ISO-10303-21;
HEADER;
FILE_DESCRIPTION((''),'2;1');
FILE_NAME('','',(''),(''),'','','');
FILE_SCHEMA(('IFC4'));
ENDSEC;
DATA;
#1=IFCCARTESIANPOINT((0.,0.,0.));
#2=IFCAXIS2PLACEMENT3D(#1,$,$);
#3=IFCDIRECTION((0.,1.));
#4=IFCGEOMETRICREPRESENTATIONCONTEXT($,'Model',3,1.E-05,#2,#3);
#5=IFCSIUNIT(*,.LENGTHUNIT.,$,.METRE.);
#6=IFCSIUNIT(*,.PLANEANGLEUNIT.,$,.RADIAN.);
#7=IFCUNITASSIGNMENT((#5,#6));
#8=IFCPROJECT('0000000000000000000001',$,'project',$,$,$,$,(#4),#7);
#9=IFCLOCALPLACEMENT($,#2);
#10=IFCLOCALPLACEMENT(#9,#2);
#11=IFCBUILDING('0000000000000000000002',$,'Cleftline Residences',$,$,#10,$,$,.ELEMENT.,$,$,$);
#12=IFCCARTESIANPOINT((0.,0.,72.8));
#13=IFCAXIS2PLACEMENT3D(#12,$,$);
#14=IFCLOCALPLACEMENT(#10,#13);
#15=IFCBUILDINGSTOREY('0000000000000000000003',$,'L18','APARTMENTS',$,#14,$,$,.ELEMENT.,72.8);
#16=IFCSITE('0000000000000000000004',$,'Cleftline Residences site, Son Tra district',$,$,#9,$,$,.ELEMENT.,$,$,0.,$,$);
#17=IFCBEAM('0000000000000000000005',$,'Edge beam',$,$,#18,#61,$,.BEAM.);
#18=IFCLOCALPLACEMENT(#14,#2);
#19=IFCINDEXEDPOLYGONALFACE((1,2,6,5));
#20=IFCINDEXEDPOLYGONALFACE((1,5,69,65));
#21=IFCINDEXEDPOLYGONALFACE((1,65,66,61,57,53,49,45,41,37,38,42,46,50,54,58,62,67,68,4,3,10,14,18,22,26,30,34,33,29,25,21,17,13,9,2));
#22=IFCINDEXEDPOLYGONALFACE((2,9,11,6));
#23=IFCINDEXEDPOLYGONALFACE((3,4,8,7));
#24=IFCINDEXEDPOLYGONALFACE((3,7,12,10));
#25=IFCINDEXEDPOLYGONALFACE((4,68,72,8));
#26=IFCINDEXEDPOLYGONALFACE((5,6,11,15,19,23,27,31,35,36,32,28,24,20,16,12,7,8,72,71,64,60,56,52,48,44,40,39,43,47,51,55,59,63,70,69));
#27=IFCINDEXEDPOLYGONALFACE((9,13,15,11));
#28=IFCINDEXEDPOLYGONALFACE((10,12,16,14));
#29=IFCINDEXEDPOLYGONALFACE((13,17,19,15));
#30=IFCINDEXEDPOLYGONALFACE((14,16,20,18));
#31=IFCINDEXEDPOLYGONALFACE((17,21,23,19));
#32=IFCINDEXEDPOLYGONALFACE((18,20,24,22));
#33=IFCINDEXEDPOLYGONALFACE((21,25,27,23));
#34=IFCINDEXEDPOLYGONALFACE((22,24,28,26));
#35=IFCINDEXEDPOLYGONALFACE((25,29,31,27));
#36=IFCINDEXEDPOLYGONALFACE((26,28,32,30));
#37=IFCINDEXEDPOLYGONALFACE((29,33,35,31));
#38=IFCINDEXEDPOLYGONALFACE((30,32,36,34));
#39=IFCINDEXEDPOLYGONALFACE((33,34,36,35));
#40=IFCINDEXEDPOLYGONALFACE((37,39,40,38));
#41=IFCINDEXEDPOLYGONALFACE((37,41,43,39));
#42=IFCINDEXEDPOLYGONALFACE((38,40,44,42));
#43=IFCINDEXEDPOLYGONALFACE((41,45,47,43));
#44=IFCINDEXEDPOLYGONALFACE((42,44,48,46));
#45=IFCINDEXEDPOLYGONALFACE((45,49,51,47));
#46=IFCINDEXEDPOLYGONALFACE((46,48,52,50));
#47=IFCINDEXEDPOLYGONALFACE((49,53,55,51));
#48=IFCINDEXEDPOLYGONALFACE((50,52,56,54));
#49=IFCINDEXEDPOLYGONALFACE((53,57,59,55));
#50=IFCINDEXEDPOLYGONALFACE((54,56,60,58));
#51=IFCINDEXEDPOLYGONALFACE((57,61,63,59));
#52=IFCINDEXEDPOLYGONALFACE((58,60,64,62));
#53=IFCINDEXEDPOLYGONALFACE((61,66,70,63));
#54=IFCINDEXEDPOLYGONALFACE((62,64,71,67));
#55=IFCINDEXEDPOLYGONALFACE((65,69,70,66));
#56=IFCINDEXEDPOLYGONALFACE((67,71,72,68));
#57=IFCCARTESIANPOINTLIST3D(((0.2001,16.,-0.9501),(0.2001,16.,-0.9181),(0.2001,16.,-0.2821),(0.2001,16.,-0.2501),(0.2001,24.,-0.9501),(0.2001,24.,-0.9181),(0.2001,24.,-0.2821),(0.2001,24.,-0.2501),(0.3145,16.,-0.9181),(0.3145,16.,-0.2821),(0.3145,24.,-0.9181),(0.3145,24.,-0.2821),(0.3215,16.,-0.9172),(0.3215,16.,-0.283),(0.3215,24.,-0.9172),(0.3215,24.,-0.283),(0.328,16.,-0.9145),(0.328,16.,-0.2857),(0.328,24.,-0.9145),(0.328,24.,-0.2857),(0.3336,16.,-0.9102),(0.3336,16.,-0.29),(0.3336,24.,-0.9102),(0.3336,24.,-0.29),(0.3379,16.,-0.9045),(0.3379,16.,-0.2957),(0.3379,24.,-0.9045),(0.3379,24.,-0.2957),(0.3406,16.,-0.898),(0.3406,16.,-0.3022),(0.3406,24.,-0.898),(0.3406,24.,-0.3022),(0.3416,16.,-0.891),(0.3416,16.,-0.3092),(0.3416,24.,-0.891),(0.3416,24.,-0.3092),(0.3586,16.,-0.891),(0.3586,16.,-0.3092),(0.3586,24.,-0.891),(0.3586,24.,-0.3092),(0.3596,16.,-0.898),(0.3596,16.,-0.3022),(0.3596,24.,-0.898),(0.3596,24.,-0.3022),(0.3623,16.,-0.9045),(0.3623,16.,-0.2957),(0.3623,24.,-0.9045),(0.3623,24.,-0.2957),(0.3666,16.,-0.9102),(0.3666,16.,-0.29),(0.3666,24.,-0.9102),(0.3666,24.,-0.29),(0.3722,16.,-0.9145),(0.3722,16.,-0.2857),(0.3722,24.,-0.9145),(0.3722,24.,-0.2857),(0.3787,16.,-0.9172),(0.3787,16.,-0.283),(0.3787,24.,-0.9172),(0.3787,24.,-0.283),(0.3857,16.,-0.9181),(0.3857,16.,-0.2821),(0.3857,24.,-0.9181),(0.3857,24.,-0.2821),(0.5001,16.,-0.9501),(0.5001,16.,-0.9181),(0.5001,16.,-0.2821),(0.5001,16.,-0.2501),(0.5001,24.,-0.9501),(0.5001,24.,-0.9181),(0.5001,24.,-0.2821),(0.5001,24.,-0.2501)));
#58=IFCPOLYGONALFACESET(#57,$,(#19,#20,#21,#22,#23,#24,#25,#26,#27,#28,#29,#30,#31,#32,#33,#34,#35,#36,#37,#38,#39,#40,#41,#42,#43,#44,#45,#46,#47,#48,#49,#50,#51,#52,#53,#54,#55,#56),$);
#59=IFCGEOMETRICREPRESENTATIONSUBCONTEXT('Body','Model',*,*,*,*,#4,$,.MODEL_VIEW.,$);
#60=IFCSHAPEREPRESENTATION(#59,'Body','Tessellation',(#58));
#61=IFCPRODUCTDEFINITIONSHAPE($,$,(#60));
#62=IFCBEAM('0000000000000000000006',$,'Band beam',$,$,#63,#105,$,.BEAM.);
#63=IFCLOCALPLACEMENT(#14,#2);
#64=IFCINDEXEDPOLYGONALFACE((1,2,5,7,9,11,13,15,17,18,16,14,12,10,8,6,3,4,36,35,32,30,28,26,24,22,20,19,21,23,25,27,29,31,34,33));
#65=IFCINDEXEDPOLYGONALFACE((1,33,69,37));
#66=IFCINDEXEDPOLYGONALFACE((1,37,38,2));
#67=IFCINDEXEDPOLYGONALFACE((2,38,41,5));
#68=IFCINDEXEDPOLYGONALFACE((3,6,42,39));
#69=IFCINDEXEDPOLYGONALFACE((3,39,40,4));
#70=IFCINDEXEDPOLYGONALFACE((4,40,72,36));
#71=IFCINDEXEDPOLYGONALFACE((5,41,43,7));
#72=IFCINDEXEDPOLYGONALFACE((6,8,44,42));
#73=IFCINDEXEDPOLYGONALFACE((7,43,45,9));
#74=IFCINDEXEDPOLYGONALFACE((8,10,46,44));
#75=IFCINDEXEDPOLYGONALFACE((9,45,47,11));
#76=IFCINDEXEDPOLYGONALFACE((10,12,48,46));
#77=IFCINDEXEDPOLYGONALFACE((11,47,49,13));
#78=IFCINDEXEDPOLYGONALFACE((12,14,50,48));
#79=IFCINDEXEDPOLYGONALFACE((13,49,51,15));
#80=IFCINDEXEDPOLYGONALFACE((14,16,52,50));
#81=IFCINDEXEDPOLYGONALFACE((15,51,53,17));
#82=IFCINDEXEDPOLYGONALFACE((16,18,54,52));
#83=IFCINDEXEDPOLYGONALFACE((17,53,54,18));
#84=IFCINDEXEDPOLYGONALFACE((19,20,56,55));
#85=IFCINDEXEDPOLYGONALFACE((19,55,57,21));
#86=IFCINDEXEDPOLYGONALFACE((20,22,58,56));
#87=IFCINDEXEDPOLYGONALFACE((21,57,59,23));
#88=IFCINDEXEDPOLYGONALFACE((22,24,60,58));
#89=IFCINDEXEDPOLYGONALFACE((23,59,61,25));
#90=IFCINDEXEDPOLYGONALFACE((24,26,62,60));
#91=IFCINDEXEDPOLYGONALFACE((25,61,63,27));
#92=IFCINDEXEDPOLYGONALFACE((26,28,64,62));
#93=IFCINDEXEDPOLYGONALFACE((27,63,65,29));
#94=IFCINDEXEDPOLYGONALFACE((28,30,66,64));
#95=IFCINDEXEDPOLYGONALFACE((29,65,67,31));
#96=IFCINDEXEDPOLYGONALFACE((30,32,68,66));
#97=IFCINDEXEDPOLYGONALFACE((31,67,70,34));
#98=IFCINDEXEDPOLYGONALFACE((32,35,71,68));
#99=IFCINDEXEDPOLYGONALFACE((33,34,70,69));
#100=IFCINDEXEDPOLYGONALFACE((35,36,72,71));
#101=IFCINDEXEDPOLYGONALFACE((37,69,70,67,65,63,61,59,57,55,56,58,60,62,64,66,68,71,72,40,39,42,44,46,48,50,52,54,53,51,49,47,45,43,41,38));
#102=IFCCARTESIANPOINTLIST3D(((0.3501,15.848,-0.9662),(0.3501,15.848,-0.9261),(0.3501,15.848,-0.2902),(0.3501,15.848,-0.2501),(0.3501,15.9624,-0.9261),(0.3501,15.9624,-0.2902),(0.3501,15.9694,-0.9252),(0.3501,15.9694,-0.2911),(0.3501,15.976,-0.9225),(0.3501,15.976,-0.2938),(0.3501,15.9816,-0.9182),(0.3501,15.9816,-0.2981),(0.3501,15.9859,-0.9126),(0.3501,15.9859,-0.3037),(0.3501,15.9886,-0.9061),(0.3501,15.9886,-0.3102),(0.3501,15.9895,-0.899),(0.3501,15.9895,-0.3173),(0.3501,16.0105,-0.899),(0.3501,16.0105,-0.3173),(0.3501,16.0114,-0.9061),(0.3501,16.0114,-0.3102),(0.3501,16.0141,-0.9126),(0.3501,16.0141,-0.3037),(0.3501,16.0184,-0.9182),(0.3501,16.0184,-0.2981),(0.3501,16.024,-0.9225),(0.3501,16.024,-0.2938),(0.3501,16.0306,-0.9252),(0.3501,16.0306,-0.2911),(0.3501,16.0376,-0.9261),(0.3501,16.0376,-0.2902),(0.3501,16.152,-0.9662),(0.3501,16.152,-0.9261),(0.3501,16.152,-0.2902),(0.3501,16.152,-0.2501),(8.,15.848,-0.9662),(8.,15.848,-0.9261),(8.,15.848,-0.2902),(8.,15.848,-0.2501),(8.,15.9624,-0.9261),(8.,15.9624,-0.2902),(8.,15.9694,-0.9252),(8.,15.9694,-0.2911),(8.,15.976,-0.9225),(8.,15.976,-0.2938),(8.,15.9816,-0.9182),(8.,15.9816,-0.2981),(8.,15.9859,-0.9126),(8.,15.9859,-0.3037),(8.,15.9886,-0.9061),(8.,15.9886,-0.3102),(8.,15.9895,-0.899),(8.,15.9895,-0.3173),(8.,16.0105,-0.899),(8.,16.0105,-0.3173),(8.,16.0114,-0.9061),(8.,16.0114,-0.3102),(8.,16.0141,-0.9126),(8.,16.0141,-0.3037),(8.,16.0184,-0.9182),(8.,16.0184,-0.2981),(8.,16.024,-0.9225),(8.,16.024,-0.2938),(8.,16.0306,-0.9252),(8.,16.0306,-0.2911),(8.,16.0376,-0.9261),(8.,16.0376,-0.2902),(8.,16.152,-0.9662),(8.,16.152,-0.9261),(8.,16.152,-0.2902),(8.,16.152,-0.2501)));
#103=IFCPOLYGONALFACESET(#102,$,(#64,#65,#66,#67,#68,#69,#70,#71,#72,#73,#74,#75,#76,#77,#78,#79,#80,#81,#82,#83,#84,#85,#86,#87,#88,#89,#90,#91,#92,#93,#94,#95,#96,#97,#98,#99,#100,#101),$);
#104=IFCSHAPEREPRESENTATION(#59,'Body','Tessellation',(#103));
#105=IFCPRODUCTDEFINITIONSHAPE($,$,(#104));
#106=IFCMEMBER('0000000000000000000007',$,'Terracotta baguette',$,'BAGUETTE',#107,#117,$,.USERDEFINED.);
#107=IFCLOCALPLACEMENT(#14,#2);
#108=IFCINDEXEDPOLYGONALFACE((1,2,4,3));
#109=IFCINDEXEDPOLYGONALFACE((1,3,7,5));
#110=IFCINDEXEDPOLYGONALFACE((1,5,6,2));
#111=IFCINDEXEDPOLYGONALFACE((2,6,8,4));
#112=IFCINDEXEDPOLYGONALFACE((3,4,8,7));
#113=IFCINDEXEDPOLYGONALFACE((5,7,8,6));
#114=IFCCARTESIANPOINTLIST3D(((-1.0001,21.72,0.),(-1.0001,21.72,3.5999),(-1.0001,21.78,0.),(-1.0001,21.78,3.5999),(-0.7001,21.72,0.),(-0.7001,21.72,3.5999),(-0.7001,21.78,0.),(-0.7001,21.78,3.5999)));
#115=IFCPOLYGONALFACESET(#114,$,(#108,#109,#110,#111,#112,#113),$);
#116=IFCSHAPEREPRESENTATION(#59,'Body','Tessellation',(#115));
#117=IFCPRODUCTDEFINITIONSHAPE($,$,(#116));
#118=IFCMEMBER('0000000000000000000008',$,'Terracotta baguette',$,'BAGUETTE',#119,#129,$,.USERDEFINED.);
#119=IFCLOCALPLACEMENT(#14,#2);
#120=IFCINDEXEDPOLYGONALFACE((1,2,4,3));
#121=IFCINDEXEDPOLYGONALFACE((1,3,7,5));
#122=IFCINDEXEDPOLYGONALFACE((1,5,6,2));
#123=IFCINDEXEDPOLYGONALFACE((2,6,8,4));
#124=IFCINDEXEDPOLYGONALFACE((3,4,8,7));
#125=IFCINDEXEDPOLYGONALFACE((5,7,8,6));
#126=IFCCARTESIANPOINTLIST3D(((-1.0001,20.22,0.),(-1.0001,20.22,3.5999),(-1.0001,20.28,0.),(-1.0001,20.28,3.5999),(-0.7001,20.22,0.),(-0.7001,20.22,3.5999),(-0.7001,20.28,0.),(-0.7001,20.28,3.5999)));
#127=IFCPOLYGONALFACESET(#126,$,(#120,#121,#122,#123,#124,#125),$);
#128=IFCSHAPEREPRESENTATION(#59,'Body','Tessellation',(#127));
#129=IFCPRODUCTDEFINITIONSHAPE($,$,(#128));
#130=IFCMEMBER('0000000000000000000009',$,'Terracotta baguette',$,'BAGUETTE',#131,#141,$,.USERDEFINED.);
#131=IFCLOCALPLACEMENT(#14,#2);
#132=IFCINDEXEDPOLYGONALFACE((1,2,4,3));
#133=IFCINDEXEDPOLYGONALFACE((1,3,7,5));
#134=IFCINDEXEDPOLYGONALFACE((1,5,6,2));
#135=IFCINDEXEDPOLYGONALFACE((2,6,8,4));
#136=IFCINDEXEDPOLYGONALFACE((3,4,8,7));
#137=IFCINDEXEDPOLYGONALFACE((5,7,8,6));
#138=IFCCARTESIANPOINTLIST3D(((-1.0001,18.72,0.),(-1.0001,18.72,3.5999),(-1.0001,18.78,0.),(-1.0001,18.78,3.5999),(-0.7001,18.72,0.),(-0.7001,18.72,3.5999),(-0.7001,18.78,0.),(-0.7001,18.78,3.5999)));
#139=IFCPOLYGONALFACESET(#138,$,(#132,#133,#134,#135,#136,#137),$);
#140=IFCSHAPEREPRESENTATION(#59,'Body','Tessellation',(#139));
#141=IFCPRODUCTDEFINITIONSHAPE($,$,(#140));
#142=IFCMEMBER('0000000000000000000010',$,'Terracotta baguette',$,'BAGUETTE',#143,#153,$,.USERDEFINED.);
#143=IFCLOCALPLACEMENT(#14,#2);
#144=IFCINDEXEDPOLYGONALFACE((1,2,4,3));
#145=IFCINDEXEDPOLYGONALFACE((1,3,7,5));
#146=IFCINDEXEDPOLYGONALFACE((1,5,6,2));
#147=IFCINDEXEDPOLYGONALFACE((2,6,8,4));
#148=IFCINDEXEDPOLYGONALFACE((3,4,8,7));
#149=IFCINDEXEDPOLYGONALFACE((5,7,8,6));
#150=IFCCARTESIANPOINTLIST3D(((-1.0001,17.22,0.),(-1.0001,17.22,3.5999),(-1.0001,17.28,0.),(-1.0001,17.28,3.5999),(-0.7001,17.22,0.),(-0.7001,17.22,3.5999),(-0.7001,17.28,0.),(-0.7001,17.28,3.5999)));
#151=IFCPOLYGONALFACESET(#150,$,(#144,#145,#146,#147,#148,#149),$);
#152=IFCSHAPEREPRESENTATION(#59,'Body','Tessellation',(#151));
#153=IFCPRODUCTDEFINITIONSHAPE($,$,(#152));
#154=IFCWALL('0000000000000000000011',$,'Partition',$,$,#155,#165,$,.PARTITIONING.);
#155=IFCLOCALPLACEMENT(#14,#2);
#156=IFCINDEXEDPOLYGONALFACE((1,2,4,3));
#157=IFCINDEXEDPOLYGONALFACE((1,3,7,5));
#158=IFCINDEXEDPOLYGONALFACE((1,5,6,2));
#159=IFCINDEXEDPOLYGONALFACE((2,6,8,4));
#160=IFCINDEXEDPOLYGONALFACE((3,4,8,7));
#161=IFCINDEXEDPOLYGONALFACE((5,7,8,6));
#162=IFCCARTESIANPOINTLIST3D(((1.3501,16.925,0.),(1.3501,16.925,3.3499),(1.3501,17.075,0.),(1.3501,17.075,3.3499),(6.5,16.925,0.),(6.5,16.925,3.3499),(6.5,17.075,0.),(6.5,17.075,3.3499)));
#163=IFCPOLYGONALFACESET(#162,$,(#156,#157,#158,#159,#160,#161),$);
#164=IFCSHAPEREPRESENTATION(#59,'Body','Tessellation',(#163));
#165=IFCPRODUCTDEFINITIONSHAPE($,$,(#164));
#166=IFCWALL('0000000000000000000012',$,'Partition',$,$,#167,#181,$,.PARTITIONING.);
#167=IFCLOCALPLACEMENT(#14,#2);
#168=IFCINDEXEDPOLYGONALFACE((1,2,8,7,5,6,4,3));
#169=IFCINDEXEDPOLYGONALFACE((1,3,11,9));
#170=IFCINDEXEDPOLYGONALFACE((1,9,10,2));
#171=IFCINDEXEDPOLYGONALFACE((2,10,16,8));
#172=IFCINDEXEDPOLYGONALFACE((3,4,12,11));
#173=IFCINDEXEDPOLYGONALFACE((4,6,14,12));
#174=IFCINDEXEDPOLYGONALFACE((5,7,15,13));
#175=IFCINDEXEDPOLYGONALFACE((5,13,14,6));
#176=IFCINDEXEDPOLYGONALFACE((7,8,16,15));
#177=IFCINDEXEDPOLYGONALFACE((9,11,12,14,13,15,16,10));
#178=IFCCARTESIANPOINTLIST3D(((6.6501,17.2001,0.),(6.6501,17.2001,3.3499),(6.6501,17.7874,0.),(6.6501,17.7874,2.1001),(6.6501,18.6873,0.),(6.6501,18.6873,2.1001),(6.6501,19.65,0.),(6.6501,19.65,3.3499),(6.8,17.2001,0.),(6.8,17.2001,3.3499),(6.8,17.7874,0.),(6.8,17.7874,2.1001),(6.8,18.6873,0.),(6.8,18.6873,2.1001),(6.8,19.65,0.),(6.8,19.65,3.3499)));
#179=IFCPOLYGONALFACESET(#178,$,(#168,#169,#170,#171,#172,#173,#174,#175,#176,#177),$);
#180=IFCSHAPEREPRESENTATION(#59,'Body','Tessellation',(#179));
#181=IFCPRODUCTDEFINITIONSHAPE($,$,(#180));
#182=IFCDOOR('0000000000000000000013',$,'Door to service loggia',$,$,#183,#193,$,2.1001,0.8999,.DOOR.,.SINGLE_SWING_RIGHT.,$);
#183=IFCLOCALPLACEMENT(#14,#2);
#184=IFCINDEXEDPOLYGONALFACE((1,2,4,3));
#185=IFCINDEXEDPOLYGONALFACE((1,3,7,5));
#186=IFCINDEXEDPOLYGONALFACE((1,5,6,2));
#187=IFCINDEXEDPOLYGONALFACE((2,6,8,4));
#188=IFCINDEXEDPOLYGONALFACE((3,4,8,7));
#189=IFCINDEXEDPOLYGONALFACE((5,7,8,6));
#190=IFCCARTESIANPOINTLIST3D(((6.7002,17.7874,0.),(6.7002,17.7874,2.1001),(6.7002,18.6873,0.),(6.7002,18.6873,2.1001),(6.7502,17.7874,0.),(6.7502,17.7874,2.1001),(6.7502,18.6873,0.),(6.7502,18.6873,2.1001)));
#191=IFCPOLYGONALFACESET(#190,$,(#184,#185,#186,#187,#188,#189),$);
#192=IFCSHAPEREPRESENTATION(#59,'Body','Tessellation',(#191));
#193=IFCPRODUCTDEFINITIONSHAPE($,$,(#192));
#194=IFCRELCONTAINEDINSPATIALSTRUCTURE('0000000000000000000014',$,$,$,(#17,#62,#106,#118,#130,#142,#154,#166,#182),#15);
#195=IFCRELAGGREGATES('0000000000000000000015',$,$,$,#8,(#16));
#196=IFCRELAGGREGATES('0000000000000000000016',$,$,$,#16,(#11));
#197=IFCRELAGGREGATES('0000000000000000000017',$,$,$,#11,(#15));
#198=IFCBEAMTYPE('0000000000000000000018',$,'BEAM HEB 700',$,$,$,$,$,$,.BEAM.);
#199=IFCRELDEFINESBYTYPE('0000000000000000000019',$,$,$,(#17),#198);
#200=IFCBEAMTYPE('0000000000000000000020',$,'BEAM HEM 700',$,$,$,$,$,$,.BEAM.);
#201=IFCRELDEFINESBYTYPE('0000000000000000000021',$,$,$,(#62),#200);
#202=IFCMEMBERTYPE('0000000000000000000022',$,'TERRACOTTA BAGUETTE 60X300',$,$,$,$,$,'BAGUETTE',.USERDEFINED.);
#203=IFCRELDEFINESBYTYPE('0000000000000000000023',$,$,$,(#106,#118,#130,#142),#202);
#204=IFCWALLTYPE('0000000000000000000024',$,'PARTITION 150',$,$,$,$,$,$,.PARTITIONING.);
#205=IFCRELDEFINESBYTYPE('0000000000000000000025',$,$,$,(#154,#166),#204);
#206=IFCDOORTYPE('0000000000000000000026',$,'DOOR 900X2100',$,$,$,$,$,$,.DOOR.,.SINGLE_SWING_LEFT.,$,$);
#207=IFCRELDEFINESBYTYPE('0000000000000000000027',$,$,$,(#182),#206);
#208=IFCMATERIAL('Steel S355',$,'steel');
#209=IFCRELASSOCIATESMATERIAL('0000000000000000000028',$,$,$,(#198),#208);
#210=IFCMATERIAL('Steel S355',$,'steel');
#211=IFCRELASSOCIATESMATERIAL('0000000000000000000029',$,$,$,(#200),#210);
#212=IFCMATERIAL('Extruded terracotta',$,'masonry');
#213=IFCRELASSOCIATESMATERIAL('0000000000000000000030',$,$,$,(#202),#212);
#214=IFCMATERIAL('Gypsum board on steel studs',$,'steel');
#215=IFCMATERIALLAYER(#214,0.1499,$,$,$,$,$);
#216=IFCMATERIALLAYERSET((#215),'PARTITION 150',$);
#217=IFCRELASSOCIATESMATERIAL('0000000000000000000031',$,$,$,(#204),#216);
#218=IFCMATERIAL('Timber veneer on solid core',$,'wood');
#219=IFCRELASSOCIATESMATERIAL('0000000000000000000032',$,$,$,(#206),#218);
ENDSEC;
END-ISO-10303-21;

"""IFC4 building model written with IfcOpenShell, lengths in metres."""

from ifc_helpers import new_model, si_unit, direction, frame, frame_2d, origin, origin_2d, place, context, subcontext, project, spatial, rectangle, i_section, extrude, material, layer, layer_set, material_profile, profile_set, type_object, element, fill, save


model = new_model("IFC4")

# Units and contexts
model_context = context("Model", 3, precision=1e-05, world=origin(), true_north=direction((0.0, 1.0)))
body_context = subcontext(model_context, "Body", "Model", "MODEL_VIEW")
ifc_project = project(units=[si_unit("LENGTHUNIT", "METRE"), si_unit("PLANEANGLEUNIT", "RADIAN")], contexts=[model_context])

# Site, building, storey
site_placement = place(None, origin())
site = spatial("IfcSite", under=ifc_project, at=site_placement, Name="Cleftline Residences site, Son Tra district", CompositionType="ELEMENT", RefElevation=0.0)
building_placement = place(site_placement, origin())
building = spatial("IfcBuilding", under=site, at=building_placement, Name="Cleftline Residences", CompositionType="ELEMENT")
storey_placement = place(building_placement, frame((0.0, 0.0, 72.8)))
storey = spatial("IfcBuildingStorey", under=building, at=storey_placement, Name="L18", Description="APARTMENTS", CompositionType="ELEMENT", Elevation=72.8)

# Beams
ifc_material_1 = material(Name="Steel S355", Category="steel")
ifc_material_profile_1 = material_profile(ifc_material_1, i_section(OverallWidth=0.3, OverallDepth=0.7, WebThickness=0.0171, FlangeThickness=0.032, FilletRadius=0.0271, at=origin_2d()))
ifc_profile_set_1 = profile_set([ifc_material_profile_1], Name="Steel S355")
beam_type_1 = type_object("IfcBeamType", Name="BEAM HEB 700", PredefinedType="BEAM", material=ifc_profile_set_1)
beam_1_placement = place(storey_placement, frame((0.3501, 16.0, -0.6001), z_axis=(0.0, 1.0, 0.0), x_axis=(-1.0, 0.0, 0.0)))
element("IfcBeam", 1, at=beam_1_placement, inside=storey, type_object=beam_type_1, Name="Edge beam", PredefinedType="BEAM", context=body_context, shape_type="SweptSolid", body=[
    extrude(i_section(OverallWidth=0.3, OverallDepth=0.7, WebThickness=0.0171, FlangeThickness=0.032, FilletRadius=0.0271, at=origin_2d()), origin(), (0.0, 0.0, 1.0), 8.0),
])
ifc_material_2 = material(Name="Steel S355", Category="steel")
ifc_material_profile_2 = material_profile(ifc_material_2, i_section(OverallWidth=0.304, OverallDepth=0.7161, WebThickness=0.021, FlangeThickness=0.04, FilletRadius=0.0271, at=origin_2d()))
ifc_profile_set_2 = profile_set([ifc_material_profile_2], Name="Steel S355")
beam_type_2 = type_object("IfcBeamType", Name="BEAM HEM 700", PredefinedType="BEAM", material=ifc_profile_set_2)
beam_2_placement = place(storey_placement, frame((0.3501, 16.0, -0.6082), z_axis=(1.0, 0.0, 0.0), x_axis=(0.0, 1.0, 0.0)))
element("IfcBeam", 2, at=beam_2_placement, inside=storey, type_object=beam_type_2, Name="Band beam", PredefinedType="BEAM", context=body_context, shape_type="SweptSolid", body=[
    extrude(i_section(OverallWidth=0.304, OverallDepth=0.7161, WebThickness=0.021, FlangeThickness=0.04, FilletRadius=0.0271, at=origin_2d()), origin(), (0.0, 0.0, 1.0), 7.6499),
])

# Members
ifc_material_3 = material(Name="Extruded terracotta", Category="masonry")
ifc_material_profile_3 = material_profile(ifc_material_3, rectangle(XDim=0.0601, YDim=0.3, at=origin_2d()))
ifc_profile_set_3 = profile_set([ifc_material_profile_3], Name="Extruded terracotta")
member_type_1 = type_object("IfcMemberType", Name="TERRACOTTA BAGUETTE 60X300", ElementType="BAGUETTE", PredefinedType="USERDEFINED", material=ifc_profile_set_3)
for number, where, z_axis, x_axis, name in (
    (3, (-0.8501, 21.75, 0.0), (0.0, 0.0, 1.0), (0.0, 1.0, 0.0), "Terracotta baguette"),
    (4, (-0.8501, 20.25, 0.0), (0.0, 0.0, 1.0), (0.0, 1.0, 0.0), "Terracotta baguette"),
    (5, (-0.8501, 18.75, 0.0), (0.0, 0.0, 1.0), (0.0, 1.0, 0.0), "Terracotta baguette"),
    (6, (-0.8501, 17.25, 0.0), (0.0, 0.0, 1.0), (0.0, 1.0, 0.0), "Terracotta baguette"),
):
    element("IfcMember", number, at=place(storey_placement, frame(where, z_axis=z_axis, x_axis=x_axis)), inside=storey, type_object=member_type_1, Name=name, ObjectType="BAGUETTE", PredefinedType="USERDEFINED", context=body_context, shape_type="SweptSolid", body=[
        extrude(rectangle(XDim=0.0601, YDim=0.3, at=origin_2d()), origin(), (0.0, 0.0, 1.0), 3.5999),
    ])

# Wall
ifc_material_4 = material(Name="Gypsum board on steel studs", Category="steel")
ifc_layer_1 = layer(ifc_material_4, 0.1499)
ifc_layer_set_1 = layer_set([ifc_layer_1], Name="PARTITION 150")
wall_type_1 = type_object("IfcWallType", Name="PARTITION 150", PredefinedType="PARTITIONING", material=ifc_layer_set_1)
wall_1_placement = place(storey_placement, frame((1.3501, 17.0, 0.0), z_axis=(0.0, 0.0, 1.0), x_axis=(1.0, 0.0, 0.0)))
element("IfcWall", 7, at=wall_1_placement, inside=storey, type_object=wall_type_1, Name="Partition", PredefinedType="PARTITIONING", context=body_context, shape_type="SweptSolid", body=[
    extrude(rectangle(XDim=5.1499, YDim=0.1499, at=frame_2d((2.575, 0.0))), origin(), (0.0, 0.0, 1.0), 3.3499),
])

# Wall, opening, door
wall_2_placement = place(storey_placement, frame((6.7251, 17.2, 0.0), z_axis=(0.0, 0.0, 1.0), x_axis=(0.0, 1.0, 0.0)))
wall_2 = element("IfcWall", 8, at=wall_2_placement, inside=storey, type_object=wall_type_1, Name="Partition", PredefinedType="PARTITIONING", context=body_context, shape_type="SweptSolid", body=[
    extrude(rectangle(XDim=2.45, YDim=0.1499, at=frame_2d((1.2251, 0.0))), origin(), (0.0, 0.0, 1.0), 3.3499),
])
opening_1_placement = place(wall_2_placement, frame((0.5874, 0.0, 0.0)))
opening_1 = element("IfcOpeningElement", 9, at=opening_1_placement, cuts=wall_2, PredefinedType="OPENING", context=body_context, shape_type="SweptSolid", body=[
    extrude(rectangle(XDim=0.8999, YDim=2.1001, at=frame_2d((0.45, 1.05))), frame((0.0, 0.085, 0.0), z_axis=(0.0, -1.0, 0.0), x_axis=(1.0, 0.0, 0.0)), (0.0, 0.0, 1.0), 0.1699),
])
ifc_material_5 = material(Name="Timber veneer on solid core", Category="wood")
door_type_1 = type_object("IfcDoorType", Name="DOOR 900X2100", OperationType="SINGLE_SWING_LEFT", PredefinedType="DOOR", material=ifc_material_5)
door_1_placement = place(opening_1_placement, origin())
door_1 = element("IfcDoor", 10, at=door_1_placement, inside=storey, type_object=door_type_1, Name="Door to service loggia", OperationType="SINGLE_SWING_RIGHT", OverallHeight=2.1001, OverallWidth=0.8999, PredefinedType="DOOR", context=body_context, shape_type="SweptSolid", body=[
    extrude(rectangle(XDim=0.8999, YDim=2.1001, at=frame_2d((0.45, 1.05))), frame((0.0, 0.0249, 0.0), z_axis=(0.0, -1.0, 0.0), x_axis=(1.0, 0.0, 0.0)), (0.0, 0.0, 1.0), 0.05),
])
fill(opening_1, door_1)

save(model, "model.ifc")
